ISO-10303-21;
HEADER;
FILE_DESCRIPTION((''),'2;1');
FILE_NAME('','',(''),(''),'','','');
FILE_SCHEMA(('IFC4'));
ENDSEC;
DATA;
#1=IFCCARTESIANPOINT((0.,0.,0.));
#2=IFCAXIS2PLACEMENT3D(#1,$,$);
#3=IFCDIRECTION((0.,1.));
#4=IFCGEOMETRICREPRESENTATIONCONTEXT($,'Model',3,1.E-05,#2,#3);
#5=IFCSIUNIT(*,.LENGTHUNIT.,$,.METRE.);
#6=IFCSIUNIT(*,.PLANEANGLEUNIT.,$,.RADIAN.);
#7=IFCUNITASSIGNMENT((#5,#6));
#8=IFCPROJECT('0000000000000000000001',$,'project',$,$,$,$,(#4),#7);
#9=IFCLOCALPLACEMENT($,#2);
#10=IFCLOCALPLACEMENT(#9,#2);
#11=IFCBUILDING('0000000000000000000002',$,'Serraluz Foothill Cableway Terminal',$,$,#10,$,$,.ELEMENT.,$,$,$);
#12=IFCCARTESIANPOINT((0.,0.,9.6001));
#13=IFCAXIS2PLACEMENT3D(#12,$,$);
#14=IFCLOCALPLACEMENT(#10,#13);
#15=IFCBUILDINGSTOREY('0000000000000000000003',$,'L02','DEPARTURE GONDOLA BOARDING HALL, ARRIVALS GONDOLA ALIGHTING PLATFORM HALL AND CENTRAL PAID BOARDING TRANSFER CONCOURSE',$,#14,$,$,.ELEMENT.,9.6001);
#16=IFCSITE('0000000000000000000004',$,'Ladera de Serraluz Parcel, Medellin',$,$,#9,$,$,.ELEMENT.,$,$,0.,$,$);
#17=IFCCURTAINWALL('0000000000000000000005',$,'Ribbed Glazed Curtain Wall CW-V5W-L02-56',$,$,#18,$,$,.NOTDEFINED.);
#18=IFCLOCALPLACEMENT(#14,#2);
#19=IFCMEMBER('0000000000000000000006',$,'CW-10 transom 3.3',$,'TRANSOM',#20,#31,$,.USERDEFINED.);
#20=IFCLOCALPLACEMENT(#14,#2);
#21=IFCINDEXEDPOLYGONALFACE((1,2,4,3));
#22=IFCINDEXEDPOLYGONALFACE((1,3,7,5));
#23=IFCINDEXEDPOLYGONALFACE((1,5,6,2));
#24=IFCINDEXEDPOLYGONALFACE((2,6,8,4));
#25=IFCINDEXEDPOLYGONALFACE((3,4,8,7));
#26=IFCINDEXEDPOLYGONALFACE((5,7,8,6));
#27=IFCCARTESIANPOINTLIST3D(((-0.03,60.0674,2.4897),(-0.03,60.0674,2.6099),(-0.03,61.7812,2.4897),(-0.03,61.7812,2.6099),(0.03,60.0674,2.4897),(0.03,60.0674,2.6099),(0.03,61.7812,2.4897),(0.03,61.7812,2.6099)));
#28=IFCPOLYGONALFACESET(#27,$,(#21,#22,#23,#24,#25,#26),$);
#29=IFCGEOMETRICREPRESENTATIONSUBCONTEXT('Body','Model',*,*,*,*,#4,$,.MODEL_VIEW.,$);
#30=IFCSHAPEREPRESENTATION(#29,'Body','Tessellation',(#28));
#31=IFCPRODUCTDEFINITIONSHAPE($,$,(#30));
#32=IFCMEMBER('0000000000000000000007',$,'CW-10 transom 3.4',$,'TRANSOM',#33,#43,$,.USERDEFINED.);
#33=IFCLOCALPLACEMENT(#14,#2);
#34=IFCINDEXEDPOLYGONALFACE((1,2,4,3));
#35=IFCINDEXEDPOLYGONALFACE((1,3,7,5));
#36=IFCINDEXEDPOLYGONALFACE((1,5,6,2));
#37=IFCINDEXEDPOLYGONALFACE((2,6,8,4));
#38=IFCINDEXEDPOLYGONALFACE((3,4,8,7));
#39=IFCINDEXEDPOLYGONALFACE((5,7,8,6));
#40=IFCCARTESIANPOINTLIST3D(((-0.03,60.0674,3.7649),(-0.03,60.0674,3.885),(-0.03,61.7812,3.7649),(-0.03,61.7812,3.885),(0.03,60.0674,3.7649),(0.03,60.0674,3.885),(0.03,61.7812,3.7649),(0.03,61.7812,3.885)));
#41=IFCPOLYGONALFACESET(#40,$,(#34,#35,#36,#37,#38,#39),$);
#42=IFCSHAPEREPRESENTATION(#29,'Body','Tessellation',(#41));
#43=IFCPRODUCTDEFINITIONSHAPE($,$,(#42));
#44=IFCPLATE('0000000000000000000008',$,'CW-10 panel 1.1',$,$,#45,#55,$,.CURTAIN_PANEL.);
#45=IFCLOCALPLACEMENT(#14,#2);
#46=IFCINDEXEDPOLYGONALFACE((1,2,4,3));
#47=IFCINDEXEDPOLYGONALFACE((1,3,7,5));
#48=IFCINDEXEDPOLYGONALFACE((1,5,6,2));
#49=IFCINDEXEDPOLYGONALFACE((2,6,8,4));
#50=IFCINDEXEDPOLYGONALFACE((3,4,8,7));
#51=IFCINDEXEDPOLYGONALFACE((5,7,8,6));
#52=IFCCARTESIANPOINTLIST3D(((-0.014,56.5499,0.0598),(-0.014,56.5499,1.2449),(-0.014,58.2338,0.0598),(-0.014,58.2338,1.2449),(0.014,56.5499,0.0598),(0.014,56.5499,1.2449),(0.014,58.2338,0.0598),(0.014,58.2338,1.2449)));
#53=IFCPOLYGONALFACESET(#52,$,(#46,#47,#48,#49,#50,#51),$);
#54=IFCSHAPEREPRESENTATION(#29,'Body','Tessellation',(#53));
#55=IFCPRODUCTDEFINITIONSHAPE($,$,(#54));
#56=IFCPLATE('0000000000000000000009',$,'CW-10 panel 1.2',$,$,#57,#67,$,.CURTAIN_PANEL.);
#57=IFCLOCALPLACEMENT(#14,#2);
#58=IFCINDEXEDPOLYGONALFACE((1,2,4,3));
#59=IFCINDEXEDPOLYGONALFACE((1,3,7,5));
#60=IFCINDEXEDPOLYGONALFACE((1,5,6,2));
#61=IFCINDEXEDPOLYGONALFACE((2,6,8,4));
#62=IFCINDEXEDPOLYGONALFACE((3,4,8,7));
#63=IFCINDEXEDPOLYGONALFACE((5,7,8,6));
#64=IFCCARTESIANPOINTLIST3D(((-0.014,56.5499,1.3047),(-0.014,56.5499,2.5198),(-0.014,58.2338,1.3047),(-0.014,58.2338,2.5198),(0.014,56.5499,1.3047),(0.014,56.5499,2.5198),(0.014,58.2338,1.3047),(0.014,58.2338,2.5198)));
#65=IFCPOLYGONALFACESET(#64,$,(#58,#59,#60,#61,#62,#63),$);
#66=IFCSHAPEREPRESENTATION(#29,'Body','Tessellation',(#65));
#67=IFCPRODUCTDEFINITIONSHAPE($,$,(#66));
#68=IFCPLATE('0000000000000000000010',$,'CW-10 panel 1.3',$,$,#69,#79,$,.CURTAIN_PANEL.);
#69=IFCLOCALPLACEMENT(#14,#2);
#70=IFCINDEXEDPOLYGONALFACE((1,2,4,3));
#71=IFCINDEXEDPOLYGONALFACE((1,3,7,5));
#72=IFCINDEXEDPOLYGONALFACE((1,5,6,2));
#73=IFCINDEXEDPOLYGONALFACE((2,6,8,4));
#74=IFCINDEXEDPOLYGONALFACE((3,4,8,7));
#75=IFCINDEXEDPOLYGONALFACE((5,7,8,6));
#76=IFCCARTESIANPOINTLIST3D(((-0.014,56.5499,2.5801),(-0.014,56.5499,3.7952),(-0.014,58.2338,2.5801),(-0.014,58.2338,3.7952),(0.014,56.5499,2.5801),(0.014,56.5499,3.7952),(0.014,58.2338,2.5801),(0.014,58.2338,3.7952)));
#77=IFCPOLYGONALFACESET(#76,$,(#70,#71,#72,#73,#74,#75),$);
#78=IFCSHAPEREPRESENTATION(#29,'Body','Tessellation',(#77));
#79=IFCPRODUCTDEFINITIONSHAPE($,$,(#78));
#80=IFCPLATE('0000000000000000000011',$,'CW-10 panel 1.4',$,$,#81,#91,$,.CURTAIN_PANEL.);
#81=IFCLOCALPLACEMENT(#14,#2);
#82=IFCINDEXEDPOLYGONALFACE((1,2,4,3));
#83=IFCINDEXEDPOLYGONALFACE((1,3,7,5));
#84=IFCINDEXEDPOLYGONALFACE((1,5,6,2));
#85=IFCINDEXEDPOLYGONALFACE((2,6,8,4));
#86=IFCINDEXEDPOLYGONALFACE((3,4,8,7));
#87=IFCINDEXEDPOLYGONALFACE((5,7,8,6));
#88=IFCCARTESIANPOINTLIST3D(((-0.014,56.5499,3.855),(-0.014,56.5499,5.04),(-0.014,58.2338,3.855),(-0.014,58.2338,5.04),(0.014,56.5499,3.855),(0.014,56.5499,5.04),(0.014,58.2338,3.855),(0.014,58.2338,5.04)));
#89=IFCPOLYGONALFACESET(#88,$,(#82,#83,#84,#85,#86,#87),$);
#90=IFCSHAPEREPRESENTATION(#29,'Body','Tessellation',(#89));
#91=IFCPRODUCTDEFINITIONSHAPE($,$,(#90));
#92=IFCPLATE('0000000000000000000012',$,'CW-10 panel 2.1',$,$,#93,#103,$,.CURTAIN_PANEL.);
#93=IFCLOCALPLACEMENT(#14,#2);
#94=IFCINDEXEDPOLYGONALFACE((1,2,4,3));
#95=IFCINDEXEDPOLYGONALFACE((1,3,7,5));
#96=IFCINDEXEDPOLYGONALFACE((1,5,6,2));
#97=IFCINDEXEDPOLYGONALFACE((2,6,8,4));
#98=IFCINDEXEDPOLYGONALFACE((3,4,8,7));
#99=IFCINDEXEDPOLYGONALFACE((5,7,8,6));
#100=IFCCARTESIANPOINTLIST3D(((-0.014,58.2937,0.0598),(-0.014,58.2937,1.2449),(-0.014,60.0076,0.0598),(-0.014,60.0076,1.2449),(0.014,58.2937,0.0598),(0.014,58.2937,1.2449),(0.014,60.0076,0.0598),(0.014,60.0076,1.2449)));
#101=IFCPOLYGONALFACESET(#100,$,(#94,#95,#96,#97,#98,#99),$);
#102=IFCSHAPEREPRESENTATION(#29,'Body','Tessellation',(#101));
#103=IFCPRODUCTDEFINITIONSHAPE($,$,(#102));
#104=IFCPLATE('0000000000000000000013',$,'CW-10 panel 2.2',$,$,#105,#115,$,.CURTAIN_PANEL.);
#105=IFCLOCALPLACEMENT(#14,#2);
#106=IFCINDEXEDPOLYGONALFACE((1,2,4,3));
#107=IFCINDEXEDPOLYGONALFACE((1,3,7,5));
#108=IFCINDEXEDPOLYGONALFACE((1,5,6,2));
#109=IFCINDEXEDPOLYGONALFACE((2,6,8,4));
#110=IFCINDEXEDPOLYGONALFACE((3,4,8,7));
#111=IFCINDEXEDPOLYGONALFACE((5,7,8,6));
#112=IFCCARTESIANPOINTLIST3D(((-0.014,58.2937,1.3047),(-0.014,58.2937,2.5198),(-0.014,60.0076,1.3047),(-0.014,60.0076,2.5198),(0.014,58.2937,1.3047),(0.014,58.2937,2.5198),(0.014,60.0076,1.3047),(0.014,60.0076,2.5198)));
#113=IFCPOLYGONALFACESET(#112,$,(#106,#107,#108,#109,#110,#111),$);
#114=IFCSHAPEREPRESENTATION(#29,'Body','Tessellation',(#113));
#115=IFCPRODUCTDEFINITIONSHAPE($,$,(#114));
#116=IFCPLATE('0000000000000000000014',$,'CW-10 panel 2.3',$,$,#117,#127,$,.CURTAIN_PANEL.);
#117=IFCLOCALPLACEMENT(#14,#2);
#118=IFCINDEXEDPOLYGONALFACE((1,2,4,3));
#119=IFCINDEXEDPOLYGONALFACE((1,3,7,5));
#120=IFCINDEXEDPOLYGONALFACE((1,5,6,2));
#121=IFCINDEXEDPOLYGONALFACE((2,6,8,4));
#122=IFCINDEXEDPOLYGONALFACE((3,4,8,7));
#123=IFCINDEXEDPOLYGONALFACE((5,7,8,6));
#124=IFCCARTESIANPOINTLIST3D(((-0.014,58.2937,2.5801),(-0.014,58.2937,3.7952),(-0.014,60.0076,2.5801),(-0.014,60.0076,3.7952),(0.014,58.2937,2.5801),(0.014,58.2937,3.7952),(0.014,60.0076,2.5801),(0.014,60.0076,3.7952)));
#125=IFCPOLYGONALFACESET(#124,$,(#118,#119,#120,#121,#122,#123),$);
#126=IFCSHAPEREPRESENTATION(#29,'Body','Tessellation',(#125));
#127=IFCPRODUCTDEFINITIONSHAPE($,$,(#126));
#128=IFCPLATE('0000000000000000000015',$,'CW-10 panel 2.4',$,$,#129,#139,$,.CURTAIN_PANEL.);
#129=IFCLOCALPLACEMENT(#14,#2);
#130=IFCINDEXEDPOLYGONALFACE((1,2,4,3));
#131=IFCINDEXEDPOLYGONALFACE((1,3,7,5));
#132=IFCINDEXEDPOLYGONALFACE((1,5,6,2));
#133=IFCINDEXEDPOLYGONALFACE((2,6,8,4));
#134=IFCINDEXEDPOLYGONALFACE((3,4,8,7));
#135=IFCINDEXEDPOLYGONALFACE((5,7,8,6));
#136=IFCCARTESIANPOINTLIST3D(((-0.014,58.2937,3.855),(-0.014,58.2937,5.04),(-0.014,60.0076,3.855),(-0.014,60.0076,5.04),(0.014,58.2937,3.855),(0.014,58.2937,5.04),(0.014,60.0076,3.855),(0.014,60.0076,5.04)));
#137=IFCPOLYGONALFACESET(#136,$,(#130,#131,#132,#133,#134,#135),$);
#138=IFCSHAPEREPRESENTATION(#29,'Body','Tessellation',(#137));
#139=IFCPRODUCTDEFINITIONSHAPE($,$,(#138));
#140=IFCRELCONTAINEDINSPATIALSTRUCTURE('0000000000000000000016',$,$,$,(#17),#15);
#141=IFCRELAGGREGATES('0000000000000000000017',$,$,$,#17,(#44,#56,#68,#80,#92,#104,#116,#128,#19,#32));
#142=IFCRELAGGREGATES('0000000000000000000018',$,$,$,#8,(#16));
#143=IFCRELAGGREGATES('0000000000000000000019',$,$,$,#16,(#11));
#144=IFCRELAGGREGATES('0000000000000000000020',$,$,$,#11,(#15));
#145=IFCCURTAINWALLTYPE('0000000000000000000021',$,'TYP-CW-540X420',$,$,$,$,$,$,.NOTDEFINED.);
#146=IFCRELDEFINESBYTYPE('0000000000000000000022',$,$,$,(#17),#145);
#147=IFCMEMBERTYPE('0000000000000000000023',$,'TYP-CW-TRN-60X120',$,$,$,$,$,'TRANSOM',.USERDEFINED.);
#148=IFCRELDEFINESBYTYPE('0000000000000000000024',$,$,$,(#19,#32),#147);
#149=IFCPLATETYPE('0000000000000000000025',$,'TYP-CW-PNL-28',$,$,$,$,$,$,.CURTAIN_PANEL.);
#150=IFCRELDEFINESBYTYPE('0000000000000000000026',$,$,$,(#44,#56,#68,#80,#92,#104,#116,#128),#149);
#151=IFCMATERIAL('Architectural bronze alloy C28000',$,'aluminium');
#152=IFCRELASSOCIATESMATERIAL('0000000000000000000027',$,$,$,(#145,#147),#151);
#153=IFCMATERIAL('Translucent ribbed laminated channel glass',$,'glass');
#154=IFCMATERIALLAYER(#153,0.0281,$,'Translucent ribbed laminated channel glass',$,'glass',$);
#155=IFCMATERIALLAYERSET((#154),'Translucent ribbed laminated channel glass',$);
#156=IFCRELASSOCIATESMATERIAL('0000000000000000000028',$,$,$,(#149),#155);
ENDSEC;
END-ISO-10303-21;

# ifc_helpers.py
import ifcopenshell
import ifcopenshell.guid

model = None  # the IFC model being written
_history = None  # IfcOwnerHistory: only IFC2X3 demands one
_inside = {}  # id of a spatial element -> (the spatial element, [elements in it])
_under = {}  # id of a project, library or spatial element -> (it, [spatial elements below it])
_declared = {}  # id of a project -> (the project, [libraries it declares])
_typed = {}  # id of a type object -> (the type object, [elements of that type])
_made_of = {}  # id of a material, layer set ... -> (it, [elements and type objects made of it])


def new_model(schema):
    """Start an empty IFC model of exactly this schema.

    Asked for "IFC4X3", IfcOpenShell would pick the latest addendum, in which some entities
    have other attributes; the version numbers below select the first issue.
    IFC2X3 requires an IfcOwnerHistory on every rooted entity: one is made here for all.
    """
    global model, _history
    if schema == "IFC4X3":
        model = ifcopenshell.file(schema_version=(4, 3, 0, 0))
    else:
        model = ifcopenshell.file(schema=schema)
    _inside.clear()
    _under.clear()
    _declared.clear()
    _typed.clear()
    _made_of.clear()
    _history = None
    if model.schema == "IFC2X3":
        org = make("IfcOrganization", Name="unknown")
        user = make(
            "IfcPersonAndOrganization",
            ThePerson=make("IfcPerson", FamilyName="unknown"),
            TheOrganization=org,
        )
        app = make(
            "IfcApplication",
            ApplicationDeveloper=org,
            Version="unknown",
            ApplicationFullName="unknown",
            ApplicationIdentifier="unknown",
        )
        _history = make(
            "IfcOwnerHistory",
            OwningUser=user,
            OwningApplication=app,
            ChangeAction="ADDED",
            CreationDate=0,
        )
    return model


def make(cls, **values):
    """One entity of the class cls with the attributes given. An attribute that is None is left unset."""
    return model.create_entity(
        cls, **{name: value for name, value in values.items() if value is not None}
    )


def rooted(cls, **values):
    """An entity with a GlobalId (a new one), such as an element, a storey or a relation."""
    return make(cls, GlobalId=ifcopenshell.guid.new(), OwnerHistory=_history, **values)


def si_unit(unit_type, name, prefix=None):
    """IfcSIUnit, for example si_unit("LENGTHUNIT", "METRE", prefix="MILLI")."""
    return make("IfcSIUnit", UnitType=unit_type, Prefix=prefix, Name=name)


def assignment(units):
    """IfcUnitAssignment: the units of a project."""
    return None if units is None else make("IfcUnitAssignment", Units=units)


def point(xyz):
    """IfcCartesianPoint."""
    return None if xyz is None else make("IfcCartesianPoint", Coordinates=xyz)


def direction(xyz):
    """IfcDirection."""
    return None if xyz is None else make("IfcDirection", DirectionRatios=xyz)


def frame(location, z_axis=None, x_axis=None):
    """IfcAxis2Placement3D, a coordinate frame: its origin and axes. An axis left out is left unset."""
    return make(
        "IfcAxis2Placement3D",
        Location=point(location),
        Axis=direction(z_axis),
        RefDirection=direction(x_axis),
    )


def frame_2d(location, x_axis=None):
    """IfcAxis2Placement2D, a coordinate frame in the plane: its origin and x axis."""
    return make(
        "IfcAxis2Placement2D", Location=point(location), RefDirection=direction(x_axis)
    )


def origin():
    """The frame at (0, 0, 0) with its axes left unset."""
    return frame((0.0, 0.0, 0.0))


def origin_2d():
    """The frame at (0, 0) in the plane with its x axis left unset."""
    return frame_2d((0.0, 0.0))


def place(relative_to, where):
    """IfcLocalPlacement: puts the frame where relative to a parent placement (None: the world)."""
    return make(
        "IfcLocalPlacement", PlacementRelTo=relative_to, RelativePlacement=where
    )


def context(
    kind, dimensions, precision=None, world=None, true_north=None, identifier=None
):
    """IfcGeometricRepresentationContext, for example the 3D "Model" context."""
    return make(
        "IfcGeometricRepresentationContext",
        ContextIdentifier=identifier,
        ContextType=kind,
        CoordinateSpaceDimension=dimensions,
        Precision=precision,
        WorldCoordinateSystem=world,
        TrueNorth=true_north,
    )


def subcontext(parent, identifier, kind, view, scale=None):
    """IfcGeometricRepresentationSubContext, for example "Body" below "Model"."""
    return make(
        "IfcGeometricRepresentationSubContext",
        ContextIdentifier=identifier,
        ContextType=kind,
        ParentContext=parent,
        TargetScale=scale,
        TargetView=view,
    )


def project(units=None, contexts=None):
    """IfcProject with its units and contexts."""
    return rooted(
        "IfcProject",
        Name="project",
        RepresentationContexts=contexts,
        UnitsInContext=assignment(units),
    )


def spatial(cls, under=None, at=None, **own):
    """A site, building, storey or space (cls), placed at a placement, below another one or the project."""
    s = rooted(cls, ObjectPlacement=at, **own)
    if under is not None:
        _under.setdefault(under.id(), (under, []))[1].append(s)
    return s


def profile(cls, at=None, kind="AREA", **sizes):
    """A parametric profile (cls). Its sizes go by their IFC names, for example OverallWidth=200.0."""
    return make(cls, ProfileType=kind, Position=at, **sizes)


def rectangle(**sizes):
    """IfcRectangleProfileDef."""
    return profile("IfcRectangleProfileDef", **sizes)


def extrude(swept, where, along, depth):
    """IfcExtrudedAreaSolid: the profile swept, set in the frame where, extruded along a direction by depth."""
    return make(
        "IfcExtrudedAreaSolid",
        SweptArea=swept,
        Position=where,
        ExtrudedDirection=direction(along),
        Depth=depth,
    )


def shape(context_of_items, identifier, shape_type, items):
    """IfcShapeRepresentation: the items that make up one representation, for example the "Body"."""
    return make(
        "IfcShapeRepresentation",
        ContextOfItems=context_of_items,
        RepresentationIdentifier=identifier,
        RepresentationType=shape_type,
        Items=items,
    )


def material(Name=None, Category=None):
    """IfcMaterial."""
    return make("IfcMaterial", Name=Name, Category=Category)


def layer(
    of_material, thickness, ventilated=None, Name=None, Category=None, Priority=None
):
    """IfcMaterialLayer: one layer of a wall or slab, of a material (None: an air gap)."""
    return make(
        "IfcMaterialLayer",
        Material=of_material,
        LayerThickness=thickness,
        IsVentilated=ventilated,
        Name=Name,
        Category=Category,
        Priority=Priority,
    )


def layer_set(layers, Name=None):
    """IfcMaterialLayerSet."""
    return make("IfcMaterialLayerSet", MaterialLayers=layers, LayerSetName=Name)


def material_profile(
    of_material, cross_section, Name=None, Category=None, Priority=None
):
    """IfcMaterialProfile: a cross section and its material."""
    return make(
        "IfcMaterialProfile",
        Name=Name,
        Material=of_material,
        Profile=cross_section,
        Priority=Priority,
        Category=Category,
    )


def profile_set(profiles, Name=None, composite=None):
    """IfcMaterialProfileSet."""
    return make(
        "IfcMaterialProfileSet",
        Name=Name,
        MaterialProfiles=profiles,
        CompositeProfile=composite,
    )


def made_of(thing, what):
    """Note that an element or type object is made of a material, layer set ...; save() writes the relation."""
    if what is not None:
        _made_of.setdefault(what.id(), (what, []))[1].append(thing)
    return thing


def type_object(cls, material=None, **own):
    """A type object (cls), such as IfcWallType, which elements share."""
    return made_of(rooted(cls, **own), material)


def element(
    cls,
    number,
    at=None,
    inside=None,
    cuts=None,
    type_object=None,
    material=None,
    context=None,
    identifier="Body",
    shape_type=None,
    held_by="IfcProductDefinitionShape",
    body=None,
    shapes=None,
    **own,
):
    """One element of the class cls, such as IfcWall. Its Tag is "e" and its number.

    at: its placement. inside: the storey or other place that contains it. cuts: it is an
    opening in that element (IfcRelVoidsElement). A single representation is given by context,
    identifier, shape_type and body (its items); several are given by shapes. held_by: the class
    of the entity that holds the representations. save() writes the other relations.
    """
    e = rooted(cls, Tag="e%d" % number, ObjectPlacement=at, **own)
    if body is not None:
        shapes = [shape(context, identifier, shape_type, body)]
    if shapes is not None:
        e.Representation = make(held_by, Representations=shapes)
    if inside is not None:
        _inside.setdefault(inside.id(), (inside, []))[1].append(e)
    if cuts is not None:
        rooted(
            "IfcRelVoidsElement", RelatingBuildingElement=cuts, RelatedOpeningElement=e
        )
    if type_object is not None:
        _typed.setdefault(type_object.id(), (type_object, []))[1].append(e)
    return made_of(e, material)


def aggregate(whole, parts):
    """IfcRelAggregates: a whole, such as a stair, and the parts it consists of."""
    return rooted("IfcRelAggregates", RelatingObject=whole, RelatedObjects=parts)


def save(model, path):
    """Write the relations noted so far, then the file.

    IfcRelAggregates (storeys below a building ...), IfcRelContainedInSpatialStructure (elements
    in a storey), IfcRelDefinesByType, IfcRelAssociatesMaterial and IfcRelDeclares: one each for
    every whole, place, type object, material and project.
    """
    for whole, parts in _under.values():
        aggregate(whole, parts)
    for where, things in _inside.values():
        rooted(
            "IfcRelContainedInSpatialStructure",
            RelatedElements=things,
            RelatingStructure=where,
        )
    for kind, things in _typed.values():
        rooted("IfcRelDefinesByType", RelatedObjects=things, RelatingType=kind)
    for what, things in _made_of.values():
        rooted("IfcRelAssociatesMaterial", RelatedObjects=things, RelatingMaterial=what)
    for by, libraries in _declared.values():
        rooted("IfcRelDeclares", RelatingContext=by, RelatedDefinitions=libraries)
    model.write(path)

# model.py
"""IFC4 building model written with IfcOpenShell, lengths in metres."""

from ifc_helpers import new_model, si_unit, direction, frame, origin, origin_2d, place, context, subcontext, project, spatial, rectangle, extrude, material, layer, layer_set, material_profile, profile_set, type_object, element, aggregate, save


model = new_model("IFC4")

# Units and contexts
model_context = context("Model", 3, precision=1e-05, world=origin(), true_north=direction((0.0, 1.0)))
body_context = subcontext(model_context, "Body", "Model", "MODEL_VIEW")
ifc_project = project(units=[si_unit("LENGTHUNIT", "METRE"), si_unit("PLANEANGLEUNIT", "RADIAN")], contexts=[model_context])

# Site, building, storey
site_placement = place(None, origin())
site = spatial("IfcSite", under=ifc_project, at=site_placement, Name="Ladera de Serraluz Parcel, Medellin", CompositionType="ELEMENT", RefElevation=0.0)
building_placement = place(site_placement, origin())
building = spatial("IfcBuilding", under=site, at=building_placement, Name="Serraluz Foothill Cableway Terminal", CompositionType="ELEMENT")
storey_placement = place(building_placement, frame((0.0, 0.0, 9.6001)))
storey = spatial("IfcBuildingStorey", under=building, at=storey_placement, Name="L02", Description="DEPARTURE GONDOLA BOARDING HALL, ARRIVALS GONDOLA ALIGHTING PLATFORM HALL AND CENTRAL PAID BOARDING TRANSFER CONCOURSE", CompositionType="ELEMENT", Elevation=9.6001)

# Curtain wall, members, plates
ifc_material_1 = material(Name="Architectural bronze alloy C28000", Category="aluminium")
curtain_wall_type = type_object("IfcCurtainWallType", Name="TYP-CW-540X420", PredefinedType="NOTDEFINED", material=ifc_material_1)
curtain_wall_placement = place(storey_placement, origin())
curtain_wall = element("IfcCurtainWall", 1, at=curtain_wall_placement, inside=storey, type_object=curtain_wall_type, Name="Ribbed Glazed Curtain Wall CW-V5W-L02-56", PredefinedType="NOTDEFINED")
ifc_material_profile_1 = material_profile(ifc_material_1, rectangle(XDim=0.0601, YDim=0.1201, at=origin_2d()), Name="ALU TRANSOM 60x120")
ifc_profile_set_1 = profile_set([ifc_material_profile_1], Name="Architectural bronze alloy C28000")
member_type_1 = type_object("IfcMemberType", Name="TYP-CW-TRN-60X120", ElementType="TRANSOM", PredefinedType="USERDEFINED", material=ifc_profile_set_1)
member_1_placement = place(storey_placement, frame((0.0, 60.0674, 2.5498), z_axis=(0.0, 1.0, 0.0), x_axis=(-1.0, 0.0, 0.0)))
member_1 = element("IfcMember", 2, at=member_1_placement, type_object=member_type_1, Name="CW-10 transom 3.3", ObjectType="TRANSOM", PredefinedType="USERDEFINED", context=body_context, shape_type="SweptSolid", body=[
    extrude(rectangle(XDim=0.0601, YDim=0.1201, at=origin_2d()), origin(), (0.0, 0.0, 1.0), 1.7139),
])
member_2_placement = place(storey_placement, frame((0.0, 60.0674, 3.825), z_axis=(0.0, 1.0, 0.0), x_axis=(-1.0, 0.0, 0.0)))
member_2 = element("IfcMember", 3, at=member_2_placement, type_object=member_type_1, Name="CW-10 transom 3.4", ObjectType="TRANSOM", PredefinedType="USERDEFINED", context=body_context, shape_type="SweptSolid", body=[
    extrude(rectangle(XDim=0.0601, YDim=0.1201, at=origin_2d()), origin(), (0.0, 0.0, 1.0), 1.7139),
])
ifc_material_2 = material(Name="Translucent ribbed laminated channel glass", Category="glass")
ifc_layer = layer(ifc_material_2, 0.0281, Name="Translucent ribbed laminated channel glass", Category="glass")
ifc_layer_set = layer_set([ifc_layer], Name="Translucent ribbed laminated channel glass")
plate_type = type_object("IfcPlateType", Name="TYP-CW-PNL-28", PredefinedType="CURTAIN_PANEL", material=ifc_layer_set)
plate_1_placement = place(storey_placement, frame((0.0, 57.3918, 0.0598), z_axis=(0.0, 0.0, 1.0), x_axis=(0.0, 1.0, 0.0)))
plate_1 = element("IfcPlate", 4, at=plate_1_placement, type_object=plate_type, Name="CW-10 panel 1.1", PredefinedType="CURTAIN_PANEL", context=body_context, shape_type="SweptSolid", body=[
    extrude(rectangle(XDim=1.6838, YDim=0.0281, at=origin_2d()), origin(), (0.0, 0.0, 1.0), 1.1851),
])
plate_2_placement = place(storey_placement, frame((0.0, 57.3918, 1.3047), z_axis=(0.0, 0.0, 1.0), x_axis=(0.0, 1.0, 0.0)))
plate_2 = element("IfcPlate", 5, at=plate_2_placement, type_object=plate_type, Name="CW-10 panel 1.2", PredefinedType="CURTAIN_PANEL", context=body_context, shape_type="SweptSolid", body=[
    extrude(rectangle(XDim=1.6838, YDim=0.0281, at=origin_2d()), origin(), (0.0, 0.0, 1.0), 1.2151),
])
plate_3_placement = place(storey_placement, frame((0.0, 57.3918, 2.5801), z_axis=(0.0, 0.0, 1.0), x_axis=(0.0, 1.0, 0.0)))
plate_3 = element("IfcPlate", 6, at=plate_3_placement, type_object=plate_type, Name="CW-10 panel 1.3", PredefinedType="CURTAIN_PANEL", context=body_context, shape_type="SweptSolid", body=[
    extrude(rectangle(XDim=1.6838, YDim=0.0281, at=origin_2d()), origin(), (0.0, 0.0, 1.0), 1.2151),
])
plate_4_placement = place(storey_placement, frame((0.0, 57.3918, 3.855), z_axis=(0.0, 0.0, 1.0), x_axis=(0.0, 1.0, 0.0)))
plate_4 = element("IfcPlate", 7, at=plate_4_placement, type_object=plate_type, Name="CW-10 panel 1.4", PredefinedType="CURTAIN_PANEL", context=body_context, shape_type="SweptSolid", body=[
    extrude(rectangle(XDim=1.6838, YDim=0.0281, at=origin_2d()), origin(), (0.0, 0.0, 1.0), 1.1851),
])
plate_5_placement = place(storey_placement, frame((0.0, 59.1506, 0.0598), z_axis=(0.0, 0.0, 1.0), x_axis=(0.0, 1.0, 0.0)))
plate_5 = element("IfcPlate", 8, at=plate_5_placement, type_object=plate_type, Name="CW-10 panel 2.1", PredefinedType="CURTAIN_PANEL", context=body_context, shape_type="SweptSolid", body=[
    extrude(rectangle(XDim=1.7139, YDim=0.0281, at=origin_2d()), origin(), (0.0, 0.0, 1.0), 1.1851),
])
plate_6_placement = place(storey_placement, frame((0.0, 59.1506, 1.3047), z_axis=(0.0, 0.0, 1.0), x_axis=(0.0, 1.0, 0.0)))
plate_6 = element("IfcPlate", 9, at=plate_6_placement, type_object=plate_type, Name="CW-10 panel 2.2", PredefinedType="CURTAIN_PANEL", context=body_context, shape_type="SweptSolid", body=[
    extrude(rectangle(XDim=1.7139, YDim=0.0281, at=origin_2d()), origin(), (0.0, 0.0, 1.0), 1.2151),
])
plate_7_placement = place(storey_placement, frame((0.0, 59.1506, 2.5801), z_axis=(0.0, 0.0, 1.0), x_axis=(0.0, 1.0, 0.0)))
plate_7 = element("IfcPlate", 10, at=plate_7_placement, type_object=plate_type, Name="CW-10 panel 2.3", PredefinedType="CURTAIN_PANEL", context=body_context, shape_type="SweptSolid", body=[
    extrude(rectangle(XDim=1.7139, YDim=0.0281, at=origin_2d()), origin(), (0.0, 0.0, 1.0), 1.2151),
])
plate_8_placement = place(storey_placement, frame((0.0, 59.1506, 3.855), z_axis=(0.0, 0.0, 1.0), x_axis=(0.0, 1.0, 0.0)))
plate_8 = element("IfcPlate", 11, at=plate_8_placement, type_object=plate_type, Name="CW-10 panel 2.4", PredefinedType="CURTAIN_PANEL", context=body_context, shape_type="SweptSolid", body=[
    extrude(rectangle(XDim=1.7139, YDim=0.0281, at=origin_2d()), origin(), (0.0, 0.0, 1.0), 1.1851),
])
aggregate(curtain_wall, [plate_1, plate_2, plate_3, plate_4, plate_5, plate_6, plate_7, plate_8, member_1, member_2])

save(model, "model.ifc")
